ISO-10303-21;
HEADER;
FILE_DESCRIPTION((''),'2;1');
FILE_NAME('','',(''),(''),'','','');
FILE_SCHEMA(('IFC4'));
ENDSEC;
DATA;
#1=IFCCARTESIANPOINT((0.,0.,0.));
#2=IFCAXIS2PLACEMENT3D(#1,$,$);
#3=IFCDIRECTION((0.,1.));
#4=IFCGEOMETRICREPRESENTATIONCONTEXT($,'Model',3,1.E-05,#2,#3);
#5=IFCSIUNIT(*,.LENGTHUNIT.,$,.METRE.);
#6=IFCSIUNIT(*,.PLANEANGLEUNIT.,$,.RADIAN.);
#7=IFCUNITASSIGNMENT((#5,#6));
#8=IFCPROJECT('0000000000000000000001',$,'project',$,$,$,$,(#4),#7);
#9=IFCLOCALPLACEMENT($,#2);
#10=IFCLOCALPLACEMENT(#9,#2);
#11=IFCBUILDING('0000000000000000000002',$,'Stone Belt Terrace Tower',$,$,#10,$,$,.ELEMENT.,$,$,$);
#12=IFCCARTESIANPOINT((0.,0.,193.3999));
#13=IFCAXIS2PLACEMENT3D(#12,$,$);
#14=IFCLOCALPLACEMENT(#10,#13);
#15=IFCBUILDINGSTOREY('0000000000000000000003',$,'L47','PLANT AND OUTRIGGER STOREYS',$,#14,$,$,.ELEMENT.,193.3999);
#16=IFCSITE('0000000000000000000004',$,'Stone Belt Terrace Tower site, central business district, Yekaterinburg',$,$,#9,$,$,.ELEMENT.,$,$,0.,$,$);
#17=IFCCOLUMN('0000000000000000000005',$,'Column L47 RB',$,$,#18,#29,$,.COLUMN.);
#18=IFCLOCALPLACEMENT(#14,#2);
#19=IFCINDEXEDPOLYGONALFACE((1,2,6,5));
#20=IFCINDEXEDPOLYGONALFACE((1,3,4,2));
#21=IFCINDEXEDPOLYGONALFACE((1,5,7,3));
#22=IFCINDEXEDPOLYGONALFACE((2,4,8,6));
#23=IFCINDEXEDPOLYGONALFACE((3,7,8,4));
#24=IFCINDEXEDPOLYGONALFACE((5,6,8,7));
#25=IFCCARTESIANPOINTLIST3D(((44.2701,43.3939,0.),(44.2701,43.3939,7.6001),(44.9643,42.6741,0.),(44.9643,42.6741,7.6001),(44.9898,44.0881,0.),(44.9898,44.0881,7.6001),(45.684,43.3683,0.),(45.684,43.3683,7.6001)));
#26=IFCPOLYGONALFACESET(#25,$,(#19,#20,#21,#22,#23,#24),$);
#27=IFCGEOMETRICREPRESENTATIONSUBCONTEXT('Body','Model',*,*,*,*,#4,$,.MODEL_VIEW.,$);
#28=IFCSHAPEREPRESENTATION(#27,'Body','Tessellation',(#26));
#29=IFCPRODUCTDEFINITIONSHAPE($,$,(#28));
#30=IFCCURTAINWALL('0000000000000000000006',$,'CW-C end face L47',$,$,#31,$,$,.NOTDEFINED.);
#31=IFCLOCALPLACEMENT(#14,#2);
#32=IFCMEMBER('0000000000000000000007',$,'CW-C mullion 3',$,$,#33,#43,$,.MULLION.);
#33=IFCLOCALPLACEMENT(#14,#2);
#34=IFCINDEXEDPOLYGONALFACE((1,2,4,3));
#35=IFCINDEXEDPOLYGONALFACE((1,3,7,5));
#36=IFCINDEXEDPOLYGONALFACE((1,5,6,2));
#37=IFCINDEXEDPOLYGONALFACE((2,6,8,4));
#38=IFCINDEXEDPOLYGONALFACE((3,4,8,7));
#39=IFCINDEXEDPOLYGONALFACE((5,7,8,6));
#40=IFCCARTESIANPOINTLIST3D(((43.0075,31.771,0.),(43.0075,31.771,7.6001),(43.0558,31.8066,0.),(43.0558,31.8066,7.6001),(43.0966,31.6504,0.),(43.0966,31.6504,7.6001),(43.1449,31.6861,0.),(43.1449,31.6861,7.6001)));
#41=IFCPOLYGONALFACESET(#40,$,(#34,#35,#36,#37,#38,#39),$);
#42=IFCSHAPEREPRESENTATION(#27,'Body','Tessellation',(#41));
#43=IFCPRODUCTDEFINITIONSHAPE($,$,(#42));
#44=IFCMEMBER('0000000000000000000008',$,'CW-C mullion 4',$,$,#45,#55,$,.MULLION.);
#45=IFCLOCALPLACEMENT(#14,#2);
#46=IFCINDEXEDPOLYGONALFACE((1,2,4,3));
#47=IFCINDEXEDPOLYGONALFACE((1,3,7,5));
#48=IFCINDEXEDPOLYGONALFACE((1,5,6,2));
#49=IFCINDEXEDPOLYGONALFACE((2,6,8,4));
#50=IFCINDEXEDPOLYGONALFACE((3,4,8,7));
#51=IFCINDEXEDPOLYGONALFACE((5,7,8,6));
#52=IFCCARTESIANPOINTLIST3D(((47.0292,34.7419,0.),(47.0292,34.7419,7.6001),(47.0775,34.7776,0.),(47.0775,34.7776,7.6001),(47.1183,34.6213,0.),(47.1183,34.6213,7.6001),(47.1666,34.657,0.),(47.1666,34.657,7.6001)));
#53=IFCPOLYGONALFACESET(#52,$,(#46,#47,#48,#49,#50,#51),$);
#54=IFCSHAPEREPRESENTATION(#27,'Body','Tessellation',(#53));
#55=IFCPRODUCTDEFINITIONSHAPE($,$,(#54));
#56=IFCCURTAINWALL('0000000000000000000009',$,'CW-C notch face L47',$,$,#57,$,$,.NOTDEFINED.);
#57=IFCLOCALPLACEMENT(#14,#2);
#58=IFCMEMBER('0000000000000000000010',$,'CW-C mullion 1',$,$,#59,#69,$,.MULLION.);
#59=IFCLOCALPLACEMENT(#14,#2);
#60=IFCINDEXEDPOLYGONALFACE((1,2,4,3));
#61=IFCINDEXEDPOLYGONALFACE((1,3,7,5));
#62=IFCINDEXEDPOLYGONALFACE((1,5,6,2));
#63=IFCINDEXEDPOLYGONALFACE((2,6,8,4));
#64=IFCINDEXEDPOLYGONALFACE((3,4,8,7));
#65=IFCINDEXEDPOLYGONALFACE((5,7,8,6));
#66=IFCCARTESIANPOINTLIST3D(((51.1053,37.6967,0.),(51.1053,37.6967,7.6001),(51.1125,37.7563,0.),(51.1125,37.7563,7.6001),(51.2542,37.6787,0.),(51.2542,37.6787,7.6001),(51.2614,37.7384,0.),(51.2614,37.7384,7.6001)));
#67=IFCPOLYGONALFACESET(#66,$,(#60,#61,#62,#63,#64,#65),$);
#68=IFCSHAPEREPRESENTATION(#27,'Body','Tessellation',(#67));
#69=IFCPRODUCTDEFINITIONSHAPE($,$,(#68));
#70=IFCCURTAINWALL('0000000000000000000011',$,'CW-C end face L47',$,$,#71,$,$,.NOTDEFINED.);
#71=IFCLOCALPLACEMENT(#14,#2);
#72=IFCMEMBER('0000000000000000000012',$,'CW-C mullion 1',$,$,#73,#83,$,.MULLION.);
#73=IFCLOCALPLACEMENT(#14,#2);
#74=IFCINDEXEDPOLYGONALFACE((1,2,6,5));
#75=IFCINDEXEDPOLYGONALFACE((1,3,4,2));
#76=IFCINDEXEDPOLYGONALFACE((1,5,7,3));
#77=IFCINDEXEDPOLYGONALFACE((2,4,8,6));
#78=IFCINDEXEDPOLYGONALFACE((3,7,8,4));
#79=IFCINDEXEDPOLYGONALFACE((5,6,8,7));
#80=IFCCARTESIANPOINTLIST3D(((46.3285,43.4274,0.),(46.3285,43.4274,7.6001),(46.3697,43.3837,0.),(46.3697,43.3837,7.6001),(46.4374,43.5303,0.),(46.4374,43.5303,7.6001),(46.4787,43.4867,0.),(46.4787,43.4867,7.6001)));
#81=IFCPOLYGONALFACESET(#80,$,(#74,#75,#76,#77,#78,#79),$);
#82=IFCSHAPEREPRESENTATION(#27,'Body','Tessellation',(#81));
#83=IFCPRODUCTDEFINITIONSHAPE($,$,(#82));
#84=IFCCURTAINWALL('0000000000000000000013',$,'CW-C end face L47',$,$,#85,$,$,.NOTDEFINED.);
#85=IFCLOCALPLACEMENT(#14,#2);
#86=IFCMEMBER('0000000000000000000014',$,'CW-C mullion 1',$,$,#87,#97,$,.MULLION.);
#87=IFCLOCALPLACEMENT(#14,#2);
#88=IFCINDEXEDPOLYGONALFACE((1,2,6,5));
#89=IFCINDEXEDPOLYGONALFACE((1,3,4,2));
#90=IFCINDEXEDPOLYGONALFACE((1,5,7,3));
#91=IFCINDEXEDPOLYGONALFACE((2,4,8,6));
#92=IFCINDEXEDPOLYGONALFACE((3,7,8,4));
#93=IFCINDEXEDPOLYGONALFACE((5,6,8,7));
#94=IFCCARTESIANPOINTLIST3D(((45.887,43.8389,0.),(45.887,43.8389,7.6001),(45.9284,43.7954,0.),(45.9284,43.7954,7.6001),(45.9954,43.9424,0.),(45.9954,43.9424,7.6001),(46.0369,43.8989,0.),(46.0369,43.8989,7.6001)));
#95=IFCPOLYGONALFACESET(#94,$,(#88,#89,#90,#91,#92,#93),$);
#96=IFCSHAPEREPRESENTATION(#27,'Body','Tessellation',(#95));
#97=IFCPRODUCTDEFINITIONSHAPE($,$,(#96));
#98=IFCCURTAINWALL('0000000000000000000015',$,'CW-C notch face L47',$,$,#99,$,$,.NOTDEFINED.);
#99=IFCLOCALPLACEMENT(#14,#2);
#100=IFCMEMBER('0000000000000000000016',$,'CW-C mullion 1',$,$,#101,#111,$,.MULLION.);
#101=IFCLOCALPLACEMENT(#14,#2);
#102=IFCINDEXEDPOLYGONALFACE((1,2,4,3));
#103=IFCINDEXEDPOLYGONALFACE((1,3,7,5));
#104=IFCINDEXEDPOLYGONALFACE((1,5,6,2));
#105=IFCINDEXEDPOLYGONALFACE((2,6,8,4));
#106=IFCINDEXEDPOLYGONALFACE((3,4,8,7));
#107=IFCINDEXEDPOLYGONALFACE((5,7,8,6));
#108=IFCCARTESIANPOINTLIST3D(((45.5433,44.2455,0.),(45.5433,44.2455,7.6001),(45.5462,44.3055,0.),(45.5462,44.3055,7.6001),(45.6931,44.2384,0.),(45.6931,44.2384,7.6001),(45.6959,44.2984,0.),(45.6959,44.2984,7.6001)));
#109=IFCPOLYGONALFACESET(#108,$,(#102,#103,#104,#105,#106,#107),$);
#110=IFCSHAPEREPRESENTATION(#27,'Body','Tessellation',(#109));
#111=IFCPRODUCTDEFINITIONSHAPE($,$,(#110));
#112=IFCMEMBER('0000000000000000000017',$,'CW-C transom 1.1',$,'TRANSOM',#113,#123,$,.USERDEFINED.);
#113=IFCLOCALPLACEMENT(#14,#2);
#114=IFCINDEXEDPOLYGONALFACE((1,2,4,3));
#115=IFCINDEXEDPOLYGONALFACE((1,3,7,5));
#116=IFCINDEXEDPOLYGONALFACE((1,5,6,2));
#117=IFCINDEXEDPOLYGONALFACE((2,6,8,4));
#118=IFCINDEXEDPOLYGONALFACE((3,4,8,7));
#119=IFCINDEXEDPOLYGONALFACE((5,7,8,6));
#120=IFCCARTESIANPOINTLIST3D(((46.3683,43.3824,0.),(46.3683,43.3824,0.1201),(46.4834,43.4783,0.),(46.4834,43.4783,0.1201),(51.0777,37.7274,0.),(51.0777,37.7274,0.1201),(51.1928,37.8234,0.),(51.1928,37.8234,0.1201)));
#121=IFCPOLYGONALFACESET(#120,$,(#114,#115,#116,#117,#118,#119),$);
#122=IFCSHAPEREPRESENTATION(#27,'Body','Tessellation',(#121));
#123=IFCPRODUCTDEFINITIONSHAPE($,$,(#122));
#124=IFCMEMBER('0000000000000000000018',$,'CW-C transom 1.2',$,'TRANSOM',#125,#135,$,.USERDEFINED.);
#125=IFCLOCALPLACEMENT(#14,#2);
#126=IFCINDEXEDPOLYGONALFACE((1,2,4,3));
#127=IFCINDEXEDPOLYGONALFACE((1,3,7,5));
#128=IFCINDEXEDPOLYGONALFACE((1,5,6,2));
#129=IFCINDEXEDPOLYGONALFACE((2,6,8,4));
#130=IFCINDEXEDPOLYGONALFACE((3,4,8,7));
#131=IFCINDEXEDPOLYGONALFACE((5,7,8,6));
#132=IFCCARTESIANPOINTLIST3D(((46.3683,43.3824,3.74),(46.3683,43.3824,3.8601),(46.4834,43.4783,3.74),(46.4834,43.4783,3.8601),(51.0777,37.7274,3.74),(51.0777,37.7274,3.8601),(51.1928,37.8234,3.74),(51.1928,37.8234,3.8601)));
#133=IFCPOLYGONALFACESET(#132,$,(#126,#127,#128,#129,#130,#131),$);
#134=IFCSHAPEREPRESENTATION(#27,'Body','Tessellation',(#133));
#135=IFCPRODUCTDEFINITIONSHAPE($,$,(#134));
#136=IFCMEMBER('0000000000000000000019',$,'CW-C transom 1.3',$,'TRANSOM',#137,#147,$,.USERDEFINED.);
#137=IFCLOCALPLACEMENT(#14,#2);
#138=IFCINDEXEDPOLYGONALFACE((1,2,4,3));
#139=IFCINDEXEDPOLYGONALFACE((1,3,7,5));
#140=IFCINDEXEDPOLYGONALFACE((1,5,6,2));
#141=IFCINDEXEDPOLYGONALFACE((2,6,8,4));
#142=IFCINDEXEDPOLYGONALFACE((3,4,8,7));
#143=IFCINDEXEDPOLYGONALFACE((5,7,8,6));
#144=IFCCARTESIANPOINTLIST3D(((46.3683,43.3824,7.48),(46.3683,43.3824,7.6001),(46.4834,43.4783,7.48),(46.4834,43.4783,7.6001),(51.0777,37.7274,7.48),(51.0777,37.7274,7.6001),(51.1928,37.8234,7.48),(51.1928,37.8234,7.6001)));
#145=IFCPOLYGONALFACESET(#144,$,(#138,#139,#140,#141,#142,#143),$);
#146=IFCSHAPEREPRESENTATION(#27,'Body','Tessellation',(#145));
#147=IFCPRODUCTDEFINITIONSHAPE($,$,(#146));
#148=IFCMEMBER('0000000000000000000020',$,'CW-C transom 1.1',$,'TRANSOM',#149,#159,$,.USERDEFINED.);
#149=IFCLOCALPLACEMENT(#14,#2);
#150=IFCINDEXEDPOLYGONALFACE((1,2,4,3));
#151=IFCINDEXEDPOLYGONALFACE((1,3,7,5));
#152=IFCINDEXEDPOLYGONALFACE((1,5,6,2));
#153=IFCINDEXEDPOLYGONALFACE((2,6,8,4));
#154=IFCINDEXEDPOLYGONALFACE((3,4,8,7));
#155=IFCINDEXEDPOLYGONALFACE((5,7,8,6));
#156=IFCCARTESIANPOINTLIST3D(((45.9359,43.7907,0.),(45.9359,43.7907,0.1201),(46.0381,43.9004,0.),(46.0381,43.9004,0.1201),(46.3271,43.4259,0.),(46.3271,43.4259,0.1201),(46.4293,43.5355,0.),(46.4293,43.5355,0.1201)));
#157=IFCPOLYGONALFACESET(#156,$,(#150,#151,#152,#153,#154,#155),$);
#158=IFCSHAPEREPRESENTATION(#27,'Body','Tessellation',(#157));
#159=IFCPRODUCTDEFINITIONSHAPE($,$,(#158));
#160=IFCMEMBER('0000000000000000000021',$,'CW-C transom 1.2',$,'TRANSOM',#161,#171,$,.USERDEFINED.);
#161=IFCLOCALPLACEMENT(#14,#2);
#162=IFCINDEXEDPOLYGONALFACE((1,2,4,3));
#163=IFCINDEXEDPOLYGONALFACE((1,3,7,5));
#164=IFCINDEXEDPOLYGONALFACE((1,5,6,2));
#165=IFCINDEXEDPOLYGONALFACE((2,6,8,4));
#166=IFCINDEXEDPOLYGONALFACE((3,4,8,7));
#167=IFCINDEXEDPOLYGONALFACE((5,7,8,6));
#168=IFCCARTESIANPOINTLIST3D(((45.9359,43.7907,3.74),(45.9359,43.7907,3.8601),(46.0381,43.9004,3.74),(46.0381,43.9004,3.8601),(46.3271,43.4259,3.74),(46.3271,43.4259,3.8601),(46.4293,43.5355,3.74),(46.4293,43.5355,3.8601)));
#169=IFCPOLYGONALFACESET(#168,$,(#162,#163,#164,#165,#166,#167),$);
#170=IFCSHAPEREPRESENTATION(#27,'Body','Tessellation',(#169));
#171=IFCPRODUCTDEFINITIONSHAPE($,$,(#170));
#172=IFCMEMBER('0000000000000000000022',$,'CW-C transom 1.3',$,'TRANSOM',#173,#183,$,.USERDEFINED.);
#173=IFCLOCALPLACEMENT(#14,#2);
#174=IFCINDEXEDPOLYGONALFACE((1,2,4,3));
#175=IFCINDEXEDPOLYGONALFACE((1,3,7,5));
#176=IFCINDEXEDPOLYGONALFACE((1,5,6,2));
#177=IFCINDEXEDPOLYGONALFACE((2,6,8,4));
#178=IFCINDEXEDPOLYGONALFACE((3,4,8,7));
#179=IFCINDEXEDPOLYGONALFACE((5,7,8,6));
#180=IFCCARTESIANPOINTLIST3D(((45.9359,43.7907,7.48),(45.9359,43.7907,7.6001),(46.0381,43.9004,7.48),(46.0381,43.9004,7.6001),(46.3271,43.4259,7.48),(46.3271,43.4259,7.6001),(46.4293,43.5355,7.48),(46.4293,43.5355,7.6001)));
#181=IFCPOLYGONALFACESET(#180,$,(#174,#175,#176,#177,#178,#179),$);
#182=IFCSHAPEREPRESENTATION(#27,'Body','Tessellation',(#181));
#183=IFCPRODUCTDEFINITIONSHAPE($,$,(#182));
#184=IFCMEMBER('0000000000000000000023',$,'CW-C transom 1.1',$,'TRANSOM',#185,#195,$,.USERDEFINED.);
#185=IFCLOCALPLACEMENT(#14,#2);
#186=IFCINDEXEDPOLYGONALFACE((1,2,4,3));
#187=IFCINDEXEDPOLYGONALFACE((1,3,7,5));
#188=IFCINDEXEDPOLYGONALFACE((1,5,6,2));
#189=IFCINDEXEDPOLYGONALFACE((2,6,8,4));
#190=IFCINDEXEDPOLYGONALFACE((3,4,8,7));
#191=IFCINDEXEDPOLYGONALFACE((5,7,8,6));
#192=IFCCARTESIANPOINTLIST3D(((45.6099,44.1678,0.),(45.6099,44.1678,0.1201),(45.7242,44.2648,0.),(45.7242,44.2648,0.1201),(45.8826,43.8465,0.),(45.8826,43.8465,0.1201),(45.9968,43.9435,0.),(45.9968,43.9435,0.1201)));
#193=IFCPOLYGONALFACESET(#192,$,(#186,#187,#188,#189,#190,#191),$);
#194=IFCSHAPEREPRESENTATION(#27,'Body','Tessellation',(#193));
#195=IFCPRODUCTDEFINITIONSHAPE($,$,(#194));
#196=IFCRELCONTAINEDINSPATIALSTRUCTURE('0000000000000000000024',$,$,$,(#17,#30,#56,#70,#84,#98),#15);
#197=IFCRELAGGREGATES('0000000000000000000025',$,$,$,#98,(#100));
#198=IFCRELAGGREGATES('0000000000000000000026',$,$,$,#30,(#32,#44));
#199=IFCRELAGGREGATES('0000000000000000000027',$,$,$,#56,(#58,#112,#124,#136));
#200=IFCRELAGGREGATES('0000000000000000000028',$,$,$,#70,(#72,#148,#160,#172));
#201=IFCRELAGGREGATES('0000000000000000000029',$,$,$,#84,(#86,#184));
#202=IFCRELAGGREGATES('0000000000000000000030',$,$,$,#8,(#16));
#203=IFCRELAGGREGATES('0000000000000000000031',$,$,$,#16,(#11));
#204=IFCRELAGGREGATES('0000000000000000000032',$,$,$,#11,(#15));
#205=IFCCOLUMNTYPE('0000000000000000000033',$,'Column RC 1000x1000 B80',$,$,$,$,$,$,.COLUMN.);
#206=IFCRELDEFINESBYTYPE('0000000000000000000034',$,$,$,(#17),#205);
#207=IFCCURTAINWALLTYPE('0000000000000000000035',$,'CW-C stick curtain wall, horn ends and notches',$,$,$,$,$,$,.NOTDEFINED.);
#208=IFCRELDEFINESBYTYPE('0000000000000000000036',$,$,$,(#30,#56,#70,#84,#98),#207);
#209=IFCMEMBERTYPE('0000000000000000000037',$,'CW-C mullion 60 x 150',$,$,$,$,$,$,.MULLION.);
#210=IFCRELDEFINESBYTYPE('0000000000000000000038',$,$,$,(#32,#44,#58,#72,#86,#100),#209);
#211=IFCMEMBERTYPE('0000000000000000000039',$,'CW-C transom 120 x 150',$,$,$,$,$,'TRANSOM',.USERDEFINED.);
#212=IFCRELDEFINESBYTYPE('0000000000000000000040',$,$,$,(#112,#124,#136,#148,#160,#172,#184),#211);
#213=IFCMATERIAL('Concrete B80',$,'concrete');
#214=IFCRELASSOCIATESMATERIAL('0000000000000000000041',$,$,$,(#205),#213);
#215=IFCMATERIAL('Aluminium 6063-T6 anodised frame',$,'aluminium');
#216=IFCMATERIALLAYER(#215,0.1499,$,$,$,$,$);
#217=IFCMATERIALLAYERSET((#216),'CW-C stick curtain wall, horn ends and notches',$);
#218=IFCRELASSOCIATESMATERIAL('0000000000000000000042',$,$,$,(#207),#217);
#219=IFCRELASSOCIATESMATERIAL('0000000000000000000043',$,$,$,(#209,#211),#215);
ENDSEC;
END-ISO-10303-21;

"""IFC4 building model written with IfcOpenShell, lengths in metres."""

from ifc_helpers import new_model, si_unit, direction, frame, origin, origin_2d, place, context, subcontext, project, spatial, rectangle, extrude, material, layer, layer_set, material_profile, profile_set, type_object, element, aggregate, save


model = new_model("IFC4")

# Units and contexts
model_context = context("Model", 3, precision=1e-05, world=origin(), true_north=direction((0.0, 1.0)))
body_context = subcontext(model_context, "Body", "Model", "MODEL_VIEW")
ifc_project = project(units=[si_unit("LENGTHUNIT", "METRE"), si_unit("PLANEANGLEUNIT", "RADIAN")], contexts=[model_context])

# Site, building, storey
site_placement = place(None, origin())
site = spatial("IfcSite", under=ifc_project, at=site_placement, Name="Stone Belt Terrace Tower site, central business district, Yekaterinburg", CompositionType="ELEMENT", RefElevation=0.0)
building_placement = place(site_placement, origin())
building = spatial("IfcBuilding", under=site, at=building_placement, Name="Stone Belt Terrace Tower", CompositionType="ELEMENT")
storey_placement = place(building_placement, frame((0.0, 0.0, 193.3999)))
storey = spatial("IfcBuildingStorey", under=building, at=storey_placement, Name="L47", Description="PLANT AND OUTRIGGER STOREYS", CompositionType="ELEMENT", Elevation=193.3999)

# Column
ifc_material_1 = material(Name="Concrete B80", Category="concrete")
ifc_material_profile_1 = material_profile(ifc_material_1, rectangle(XDim=1.0, YDim=1.0, at=origin_2d()), Name="RC 1000x1000")
ifc_profile_set_1 = profile_set([ifc_material_profile_1], Name="Concrete B80")
column_type = type_object("IfcColumnType", Name="Column RC 1000x1000 B80", PredefinedType="COLUMN", material=ifc_profile_set_1)
column_placement = place(storey_placement, frame((44.9771, 43.3811, 0.0), z_axis=(0.0, 0.0, 1.0), x_axis=(0.694221, -0.719762, 0.0)))
element("IfcColumn", 1, at=column_placement, inside=storey, type_object=column_type, Name="Column L47 RB", PredefinedType="COLUMN", context=body_context, shape_type="SweptSolid", body=[
    extrude(rectangle(XDim=1.0, YDim=1.0, at=origin_2d()), origin(), (0.0, 0.0, 1.0), 7.6001),
])

# Curtain wall, members
ifc_material_2 = material(Name="Aluminium 6063-T6 anodised frame", Category="aluminium")
ifc_layer_1 = layer(ifc_material_2, 0.1499)
ifc_layer_set_1 = layer_set([ifc_layer_1], Name="CW-C stick curtain wall, horn ends and notches")
curtain_wall_type = type_object("IfcCurtainWallType", Name="CW-C stick curtain wall, horn ends and notches", PredefinedType="NOTDEFINED", material=ifc_layer_set_1)
curtain_wall_1_placement = place(storey_placement, origin())
curtain_wall_1 = element("IfcCurtainWall", 2, at=curtain_wall_1_placement, inside=storey, type_object=curtain_wall_type, Name="CW-C end face L47", PredefinedType="NOTDEFINED")
ifc_material_profile_2 = material_profile(ifc_material_2, rectangle(XDim=0.1499, YDim=0.0601, at=origin_2d()), Name="Aluminium 6063-T6 60x150")
ifc_profile_set_2 = profile_set([ifc_material_profile_2], Name="Aluminium 6063-T6 anodised frame")
member_type_1 = type_object("IfcMemberType", Name="CW-C mullion 60 x 150", PredefinedType="MULLION", material=ifc_profile_set_2)
member_1_placement = place(storey_placement, frame((43.0762, 31.7285, 0.0), z_axis=(0.0, 0.0, 1.0), x_axis=(-0.594184, 0.804329, 0.0)))
member_1 = element("IfcMember", 3, at=member_1_placement, type_object=member_type_1, Name="CW-C mullion 3", PredefinedType="MULLION", context=body_context, shape_type="SweptSolid", body=[
    extrude(rectangle(XDim=0.1499, YDim=0.0601, at=origin_2d()), origin(), (0.0, 0.0, 1.0), 7.6001),
])
member_2_placement = place(storey_placement, frame((47.0979, 34.6995, 0.0), z_axis=(0.0, 0.0, 1.0), x_axis=(-0.594184, 0.804329, 0.0)))
member_2 = element("IfcMember", 4, at=member_2_placement, type_object=member_type_1, Name="CW-C mullion 4", PredefinedType="MULLION", context=body_context, shape_type="SweptSolid", body=[
    extrude(rectangle(XDim=0.1499, YDim=0.0601, at=origin_2d()), origin(), (0.0, 0.0, 1.0), 7.6001),
])

# Curtain walls, members
curtain_wall_2_placement = place(storey_placement, origin())
curtain_wall_2 = element("IfcCurtainWall", 5, at=curtain_wall_2_placement, inside=storey, type_object=curtain_wall_type, Name="CW-C notch face L47", PredefinedType="NOTDEFINED")
member_3_placement = place(storey_placement, frame((51.1833, 37.7175, 0.0), z_axis=(0.0, 0.0, 1.0), x_axis=(-0.992802, 0.119768, 0.0)))
member_3 = element("IfcMember", 6, at=member_3_placement, type_object=member_type_1, Name="CW-C mullion 1", PredefinedType="MULLION", context=body_context, shape_type="SweptSolid", body=[
    extrude(rectangle(XDim=0.1499, YDim=0.0601, at=origin_2d()), origin(), (0.0, 0.0, 1.0), 7.6001),
])
curtain_wall_3_placement = place(storey_placement, origin())
curtain_wall_3 = element("IfcCurtainWall", 7, at=curtain_wall_3_placement, inside=storey, type_object=curtain_wall_type, Name="CW-C end face L47", PredefinedType="NOTDEFINED")
member_4_placement = place(storey_placement, frame((46.4036, 43.457, 0.0), z_axis=(0.0, 0.0, 1.0), x_axis=(-0.726653, -0.687004, 0.0)))
member_4 = element("IfcMember", 8, at=member_4_placement, type_object=member_type_1, Name="CW-C mullion 1", PredefinedType="MULLION", context=body_context, shape_type="SweptSolid", body=[
    extrude(rectangle(XDim=0.1499, YDim=0.0601, at=origin_2d()), origin(), (0.0, 0.0, 1.0), 7.6001),
])
curtain_wall_4_placement = place(storey_placement, origin())
curtain_wall_4 = element("IfcCurtainWall", 9, at=curtain_wall_4_placement, inside=storey, type_object=curtain_wall_type, Name="CW-C end face L47", PredefinedType="NOTDEFINED")
member_5_placement = place(storey_placement, frame((45.9619, 43.8689, 0.0), z_axis=(0.0, 0.0, 1.0), x_axis=(-0.723386, -0.690443, 0.0)))
member_5 = element("IfcMember", 10, at=member_5_placement, type_object=member_type_1, Name="CW-C mullion 1", PredefinedType="MULLION", context=body_context, shape_type="SweptSolid", body=[
    extrude(rectangle(XDim=0.1499, YDim=0.0601, at=origin_2d()), origin(), (0.0, 0.0, 1.0), 7.6001),
])
curtain_wall_5_placement = place(storey_placement, origin())
curtain_wall_5 = element("IfcCurtainWall", 11, at=curtain_wall_5_placement, inside=storey, type_object=curtain_wall_type, Name="CW-C notch face L47", PredefinedType="NOTDEFINED")
member_6_placement = place(storey_placement, frame((45.6196, 44.272, 0.0), z_axis=(0.0, 0.0, 1.0), x_axis=(-0.998865, 0.047626, 0.0)))
member_6 = element("IfcMember", 12, at=member_6_placement, type_object=member_type_1, Name="CW-C mullion 1", PredefinedType="MULLION", context=body_context, shape_type="SweptSolid", body=[
    extrude(rectangle(XDim=0.1499, YDim=0.0601, at=origin_2d()), origin(), (0.0, 0.0, 1.0), 7.6001),
])

# Members
ifc_material_profile_3 = material_profile(ifc_material_2, rectangle(XDim=0.1499, YDim=0.1201, at=origin_2d()), Name="Aluminium 6063-T6 150x120")
ifc_profile_set_3 = profile_set([ifc_material_profile_3], Name="Aluminium 6063-T6 anodised frame")
member_type_2 = type_object("IfcMemberType", Name="CW-C transom 120 x 150", ElementType="TRANSOM", PredefinedType="USERDEFINED", material=ifc_profile_set_3)
member_7_placement = place(storey_placement, frame((51.1353, 37.7754, 0.0601), z_axis=(-0.63994, 0.768425, 0.0), x_axis=(-0.768425, -0.63994, 0.0)))
member_7 = element("IfcMember", 13, at=member_7_placement, type_object=member_type_2, Name="CW-C transom 1.1", ObjectType="TRANSOM", PredefinedType="USERDEFINED", context=body_context, shape_type="SweptSolid", body=[
    extrude(rectangle(XDim=0.1499, YDim=0.1201, at=origin_2d()), origin(), (0.0, 0.0, 1.0), 7.3591),
])
member_8_placement = place(storey_placement, frame((51.1353, 37.7754, 3.8), z_axis=(-0.63994, 0.768425, 0.0), x_axis=(-0.768425, -0.63994, 0.0)))
member_8 = element("IfcMember", 14, at=member_8_placement, type_object=member_type_2, Name="CW-C transom 1.2", ObjectType="TRANSOM", PredefinedType="USERDEFINED", context=body_context, shape_type="SweptSolid", body=[
    extrude(rectangle(XDim=0.1499, YDim=0.1201, at=origin_2d()), origin(), (0.0, 0.0, 1.0), 7.3591),
])
member_9_placement = place(storey_placement, frame((51.1353, 37.7754, 7.54), z_axis=(-0.63994, 0.768425, 0.0), x_axis=(-0.768425, -0.63994, 0.0)))
member_9 = element("IfcMember", 15, at=member_9_placement, type_object=member_type_2, Name="CW-C transom 1.3", ObjectType="TRANSOM", PredefinedType="USERDEFINED", context=body_context, shape_type="SweptSolid", body=[
    extrude(rectangle(XDim=0.1499, YDim=0.1201, at=origin_2d()), origin(), (0.0, 0.0, 1.0), 7.3591),
])
member_10_placement = place(storey_placement, frame((46.3782, 43.4807, 0.0601), z_axis=(-0.731328, 0.682025, 0.0), x_axis=(-0.682025, -0.731328, 0.0)))
member_10 = element("IfcMember", 16, at=member_10_placement, type_object=member_type_2, Name="CW-C transom 1.1", ObjectType="TRANSOM", PredefinedType="USERDEFINED", context=body_context, shape_type="SweptSolid", body=[
    extrude(rectangle(XDim=0.1499, YDim=0.1201, at=origin_2d()), origin(), (0.0, 0.0, 1.0), 0.5349),
])
member_11_placement = place(storey_placement, frame((46.3782, 43.4807, 3.8), z_axis=(-0.731328, 0.682025, 0.0), x_axis=(-0.682025, -0.731328, 0.0)))
member_11 = element("IfcMember", 17, at=member_11_placement, type_object=member_type_2, Name="CW-C transom 1.2", ObjectType="TRANSOM", PredefinedType="USERDEFINED", context=body_context, shape_type="SweptSolid", body=[
    extrude(rectangle(XDim=0.1499, YDim=0.1201, at=origin_2d()), origin(), (0.0, 0.0, 1.0), 0.5349),
])
member_12_placement = place(storey_placement, frame((46.3782, 43.4807, 7.54), z_axis=(-0.731328, 0.682025, 0.0), x_axis=(-0.682025, -0.731328, 0.0)))
member_12 = element("IfcMember", 18, at=member_12_placement, type_object=member_type_2, Name="CW-C transom 1.3", ObjectType="TRANSOM", PredefinedType="USERDEFINED", context=body_context, shape_type="SweptSolid", body=[
    extrude(rectangle(XDim=0.1499, YDim=0.1201, at=origin_2d()), origin(), (0.0, 0.0, 1.0), 0.5349),
])
member_13_placement = place(storey_placement, frame((45.9397, 43.895, 0.0601), z_axis=(-0.64711, 0.762397, 0.0), x_axis=(-0.762397, -0.64711, 0.0)))
member_13 = element("IfcMember", 19, at=member_13_placement, type_object=member_type_2, Name="CW-C transom 1.1", ObjectType="TRANSOM", PredefinedType="USERDEFINED", context=body_context, shape_type="SweptSolid", body=[
    extrude(rectangle(XDim=0.1499, YDim=0.1201, at=origin_2d()), origin(), (0.0, 0.0, 1.0), 0.4214),
])
aggregate(curtain_wall_5, [member_6])

aggregate(curtain_wall_1, [member_1, member_2])
aggregate(curtain_wall_2, [member_3, member_7, member_8, member_9])
aggregate(curtain_wall_3, [member_4, member_10, member_11, member_12])
aggregate(curtain_wall_4, [member_5, member_13])

save(model, "model.ifc")
